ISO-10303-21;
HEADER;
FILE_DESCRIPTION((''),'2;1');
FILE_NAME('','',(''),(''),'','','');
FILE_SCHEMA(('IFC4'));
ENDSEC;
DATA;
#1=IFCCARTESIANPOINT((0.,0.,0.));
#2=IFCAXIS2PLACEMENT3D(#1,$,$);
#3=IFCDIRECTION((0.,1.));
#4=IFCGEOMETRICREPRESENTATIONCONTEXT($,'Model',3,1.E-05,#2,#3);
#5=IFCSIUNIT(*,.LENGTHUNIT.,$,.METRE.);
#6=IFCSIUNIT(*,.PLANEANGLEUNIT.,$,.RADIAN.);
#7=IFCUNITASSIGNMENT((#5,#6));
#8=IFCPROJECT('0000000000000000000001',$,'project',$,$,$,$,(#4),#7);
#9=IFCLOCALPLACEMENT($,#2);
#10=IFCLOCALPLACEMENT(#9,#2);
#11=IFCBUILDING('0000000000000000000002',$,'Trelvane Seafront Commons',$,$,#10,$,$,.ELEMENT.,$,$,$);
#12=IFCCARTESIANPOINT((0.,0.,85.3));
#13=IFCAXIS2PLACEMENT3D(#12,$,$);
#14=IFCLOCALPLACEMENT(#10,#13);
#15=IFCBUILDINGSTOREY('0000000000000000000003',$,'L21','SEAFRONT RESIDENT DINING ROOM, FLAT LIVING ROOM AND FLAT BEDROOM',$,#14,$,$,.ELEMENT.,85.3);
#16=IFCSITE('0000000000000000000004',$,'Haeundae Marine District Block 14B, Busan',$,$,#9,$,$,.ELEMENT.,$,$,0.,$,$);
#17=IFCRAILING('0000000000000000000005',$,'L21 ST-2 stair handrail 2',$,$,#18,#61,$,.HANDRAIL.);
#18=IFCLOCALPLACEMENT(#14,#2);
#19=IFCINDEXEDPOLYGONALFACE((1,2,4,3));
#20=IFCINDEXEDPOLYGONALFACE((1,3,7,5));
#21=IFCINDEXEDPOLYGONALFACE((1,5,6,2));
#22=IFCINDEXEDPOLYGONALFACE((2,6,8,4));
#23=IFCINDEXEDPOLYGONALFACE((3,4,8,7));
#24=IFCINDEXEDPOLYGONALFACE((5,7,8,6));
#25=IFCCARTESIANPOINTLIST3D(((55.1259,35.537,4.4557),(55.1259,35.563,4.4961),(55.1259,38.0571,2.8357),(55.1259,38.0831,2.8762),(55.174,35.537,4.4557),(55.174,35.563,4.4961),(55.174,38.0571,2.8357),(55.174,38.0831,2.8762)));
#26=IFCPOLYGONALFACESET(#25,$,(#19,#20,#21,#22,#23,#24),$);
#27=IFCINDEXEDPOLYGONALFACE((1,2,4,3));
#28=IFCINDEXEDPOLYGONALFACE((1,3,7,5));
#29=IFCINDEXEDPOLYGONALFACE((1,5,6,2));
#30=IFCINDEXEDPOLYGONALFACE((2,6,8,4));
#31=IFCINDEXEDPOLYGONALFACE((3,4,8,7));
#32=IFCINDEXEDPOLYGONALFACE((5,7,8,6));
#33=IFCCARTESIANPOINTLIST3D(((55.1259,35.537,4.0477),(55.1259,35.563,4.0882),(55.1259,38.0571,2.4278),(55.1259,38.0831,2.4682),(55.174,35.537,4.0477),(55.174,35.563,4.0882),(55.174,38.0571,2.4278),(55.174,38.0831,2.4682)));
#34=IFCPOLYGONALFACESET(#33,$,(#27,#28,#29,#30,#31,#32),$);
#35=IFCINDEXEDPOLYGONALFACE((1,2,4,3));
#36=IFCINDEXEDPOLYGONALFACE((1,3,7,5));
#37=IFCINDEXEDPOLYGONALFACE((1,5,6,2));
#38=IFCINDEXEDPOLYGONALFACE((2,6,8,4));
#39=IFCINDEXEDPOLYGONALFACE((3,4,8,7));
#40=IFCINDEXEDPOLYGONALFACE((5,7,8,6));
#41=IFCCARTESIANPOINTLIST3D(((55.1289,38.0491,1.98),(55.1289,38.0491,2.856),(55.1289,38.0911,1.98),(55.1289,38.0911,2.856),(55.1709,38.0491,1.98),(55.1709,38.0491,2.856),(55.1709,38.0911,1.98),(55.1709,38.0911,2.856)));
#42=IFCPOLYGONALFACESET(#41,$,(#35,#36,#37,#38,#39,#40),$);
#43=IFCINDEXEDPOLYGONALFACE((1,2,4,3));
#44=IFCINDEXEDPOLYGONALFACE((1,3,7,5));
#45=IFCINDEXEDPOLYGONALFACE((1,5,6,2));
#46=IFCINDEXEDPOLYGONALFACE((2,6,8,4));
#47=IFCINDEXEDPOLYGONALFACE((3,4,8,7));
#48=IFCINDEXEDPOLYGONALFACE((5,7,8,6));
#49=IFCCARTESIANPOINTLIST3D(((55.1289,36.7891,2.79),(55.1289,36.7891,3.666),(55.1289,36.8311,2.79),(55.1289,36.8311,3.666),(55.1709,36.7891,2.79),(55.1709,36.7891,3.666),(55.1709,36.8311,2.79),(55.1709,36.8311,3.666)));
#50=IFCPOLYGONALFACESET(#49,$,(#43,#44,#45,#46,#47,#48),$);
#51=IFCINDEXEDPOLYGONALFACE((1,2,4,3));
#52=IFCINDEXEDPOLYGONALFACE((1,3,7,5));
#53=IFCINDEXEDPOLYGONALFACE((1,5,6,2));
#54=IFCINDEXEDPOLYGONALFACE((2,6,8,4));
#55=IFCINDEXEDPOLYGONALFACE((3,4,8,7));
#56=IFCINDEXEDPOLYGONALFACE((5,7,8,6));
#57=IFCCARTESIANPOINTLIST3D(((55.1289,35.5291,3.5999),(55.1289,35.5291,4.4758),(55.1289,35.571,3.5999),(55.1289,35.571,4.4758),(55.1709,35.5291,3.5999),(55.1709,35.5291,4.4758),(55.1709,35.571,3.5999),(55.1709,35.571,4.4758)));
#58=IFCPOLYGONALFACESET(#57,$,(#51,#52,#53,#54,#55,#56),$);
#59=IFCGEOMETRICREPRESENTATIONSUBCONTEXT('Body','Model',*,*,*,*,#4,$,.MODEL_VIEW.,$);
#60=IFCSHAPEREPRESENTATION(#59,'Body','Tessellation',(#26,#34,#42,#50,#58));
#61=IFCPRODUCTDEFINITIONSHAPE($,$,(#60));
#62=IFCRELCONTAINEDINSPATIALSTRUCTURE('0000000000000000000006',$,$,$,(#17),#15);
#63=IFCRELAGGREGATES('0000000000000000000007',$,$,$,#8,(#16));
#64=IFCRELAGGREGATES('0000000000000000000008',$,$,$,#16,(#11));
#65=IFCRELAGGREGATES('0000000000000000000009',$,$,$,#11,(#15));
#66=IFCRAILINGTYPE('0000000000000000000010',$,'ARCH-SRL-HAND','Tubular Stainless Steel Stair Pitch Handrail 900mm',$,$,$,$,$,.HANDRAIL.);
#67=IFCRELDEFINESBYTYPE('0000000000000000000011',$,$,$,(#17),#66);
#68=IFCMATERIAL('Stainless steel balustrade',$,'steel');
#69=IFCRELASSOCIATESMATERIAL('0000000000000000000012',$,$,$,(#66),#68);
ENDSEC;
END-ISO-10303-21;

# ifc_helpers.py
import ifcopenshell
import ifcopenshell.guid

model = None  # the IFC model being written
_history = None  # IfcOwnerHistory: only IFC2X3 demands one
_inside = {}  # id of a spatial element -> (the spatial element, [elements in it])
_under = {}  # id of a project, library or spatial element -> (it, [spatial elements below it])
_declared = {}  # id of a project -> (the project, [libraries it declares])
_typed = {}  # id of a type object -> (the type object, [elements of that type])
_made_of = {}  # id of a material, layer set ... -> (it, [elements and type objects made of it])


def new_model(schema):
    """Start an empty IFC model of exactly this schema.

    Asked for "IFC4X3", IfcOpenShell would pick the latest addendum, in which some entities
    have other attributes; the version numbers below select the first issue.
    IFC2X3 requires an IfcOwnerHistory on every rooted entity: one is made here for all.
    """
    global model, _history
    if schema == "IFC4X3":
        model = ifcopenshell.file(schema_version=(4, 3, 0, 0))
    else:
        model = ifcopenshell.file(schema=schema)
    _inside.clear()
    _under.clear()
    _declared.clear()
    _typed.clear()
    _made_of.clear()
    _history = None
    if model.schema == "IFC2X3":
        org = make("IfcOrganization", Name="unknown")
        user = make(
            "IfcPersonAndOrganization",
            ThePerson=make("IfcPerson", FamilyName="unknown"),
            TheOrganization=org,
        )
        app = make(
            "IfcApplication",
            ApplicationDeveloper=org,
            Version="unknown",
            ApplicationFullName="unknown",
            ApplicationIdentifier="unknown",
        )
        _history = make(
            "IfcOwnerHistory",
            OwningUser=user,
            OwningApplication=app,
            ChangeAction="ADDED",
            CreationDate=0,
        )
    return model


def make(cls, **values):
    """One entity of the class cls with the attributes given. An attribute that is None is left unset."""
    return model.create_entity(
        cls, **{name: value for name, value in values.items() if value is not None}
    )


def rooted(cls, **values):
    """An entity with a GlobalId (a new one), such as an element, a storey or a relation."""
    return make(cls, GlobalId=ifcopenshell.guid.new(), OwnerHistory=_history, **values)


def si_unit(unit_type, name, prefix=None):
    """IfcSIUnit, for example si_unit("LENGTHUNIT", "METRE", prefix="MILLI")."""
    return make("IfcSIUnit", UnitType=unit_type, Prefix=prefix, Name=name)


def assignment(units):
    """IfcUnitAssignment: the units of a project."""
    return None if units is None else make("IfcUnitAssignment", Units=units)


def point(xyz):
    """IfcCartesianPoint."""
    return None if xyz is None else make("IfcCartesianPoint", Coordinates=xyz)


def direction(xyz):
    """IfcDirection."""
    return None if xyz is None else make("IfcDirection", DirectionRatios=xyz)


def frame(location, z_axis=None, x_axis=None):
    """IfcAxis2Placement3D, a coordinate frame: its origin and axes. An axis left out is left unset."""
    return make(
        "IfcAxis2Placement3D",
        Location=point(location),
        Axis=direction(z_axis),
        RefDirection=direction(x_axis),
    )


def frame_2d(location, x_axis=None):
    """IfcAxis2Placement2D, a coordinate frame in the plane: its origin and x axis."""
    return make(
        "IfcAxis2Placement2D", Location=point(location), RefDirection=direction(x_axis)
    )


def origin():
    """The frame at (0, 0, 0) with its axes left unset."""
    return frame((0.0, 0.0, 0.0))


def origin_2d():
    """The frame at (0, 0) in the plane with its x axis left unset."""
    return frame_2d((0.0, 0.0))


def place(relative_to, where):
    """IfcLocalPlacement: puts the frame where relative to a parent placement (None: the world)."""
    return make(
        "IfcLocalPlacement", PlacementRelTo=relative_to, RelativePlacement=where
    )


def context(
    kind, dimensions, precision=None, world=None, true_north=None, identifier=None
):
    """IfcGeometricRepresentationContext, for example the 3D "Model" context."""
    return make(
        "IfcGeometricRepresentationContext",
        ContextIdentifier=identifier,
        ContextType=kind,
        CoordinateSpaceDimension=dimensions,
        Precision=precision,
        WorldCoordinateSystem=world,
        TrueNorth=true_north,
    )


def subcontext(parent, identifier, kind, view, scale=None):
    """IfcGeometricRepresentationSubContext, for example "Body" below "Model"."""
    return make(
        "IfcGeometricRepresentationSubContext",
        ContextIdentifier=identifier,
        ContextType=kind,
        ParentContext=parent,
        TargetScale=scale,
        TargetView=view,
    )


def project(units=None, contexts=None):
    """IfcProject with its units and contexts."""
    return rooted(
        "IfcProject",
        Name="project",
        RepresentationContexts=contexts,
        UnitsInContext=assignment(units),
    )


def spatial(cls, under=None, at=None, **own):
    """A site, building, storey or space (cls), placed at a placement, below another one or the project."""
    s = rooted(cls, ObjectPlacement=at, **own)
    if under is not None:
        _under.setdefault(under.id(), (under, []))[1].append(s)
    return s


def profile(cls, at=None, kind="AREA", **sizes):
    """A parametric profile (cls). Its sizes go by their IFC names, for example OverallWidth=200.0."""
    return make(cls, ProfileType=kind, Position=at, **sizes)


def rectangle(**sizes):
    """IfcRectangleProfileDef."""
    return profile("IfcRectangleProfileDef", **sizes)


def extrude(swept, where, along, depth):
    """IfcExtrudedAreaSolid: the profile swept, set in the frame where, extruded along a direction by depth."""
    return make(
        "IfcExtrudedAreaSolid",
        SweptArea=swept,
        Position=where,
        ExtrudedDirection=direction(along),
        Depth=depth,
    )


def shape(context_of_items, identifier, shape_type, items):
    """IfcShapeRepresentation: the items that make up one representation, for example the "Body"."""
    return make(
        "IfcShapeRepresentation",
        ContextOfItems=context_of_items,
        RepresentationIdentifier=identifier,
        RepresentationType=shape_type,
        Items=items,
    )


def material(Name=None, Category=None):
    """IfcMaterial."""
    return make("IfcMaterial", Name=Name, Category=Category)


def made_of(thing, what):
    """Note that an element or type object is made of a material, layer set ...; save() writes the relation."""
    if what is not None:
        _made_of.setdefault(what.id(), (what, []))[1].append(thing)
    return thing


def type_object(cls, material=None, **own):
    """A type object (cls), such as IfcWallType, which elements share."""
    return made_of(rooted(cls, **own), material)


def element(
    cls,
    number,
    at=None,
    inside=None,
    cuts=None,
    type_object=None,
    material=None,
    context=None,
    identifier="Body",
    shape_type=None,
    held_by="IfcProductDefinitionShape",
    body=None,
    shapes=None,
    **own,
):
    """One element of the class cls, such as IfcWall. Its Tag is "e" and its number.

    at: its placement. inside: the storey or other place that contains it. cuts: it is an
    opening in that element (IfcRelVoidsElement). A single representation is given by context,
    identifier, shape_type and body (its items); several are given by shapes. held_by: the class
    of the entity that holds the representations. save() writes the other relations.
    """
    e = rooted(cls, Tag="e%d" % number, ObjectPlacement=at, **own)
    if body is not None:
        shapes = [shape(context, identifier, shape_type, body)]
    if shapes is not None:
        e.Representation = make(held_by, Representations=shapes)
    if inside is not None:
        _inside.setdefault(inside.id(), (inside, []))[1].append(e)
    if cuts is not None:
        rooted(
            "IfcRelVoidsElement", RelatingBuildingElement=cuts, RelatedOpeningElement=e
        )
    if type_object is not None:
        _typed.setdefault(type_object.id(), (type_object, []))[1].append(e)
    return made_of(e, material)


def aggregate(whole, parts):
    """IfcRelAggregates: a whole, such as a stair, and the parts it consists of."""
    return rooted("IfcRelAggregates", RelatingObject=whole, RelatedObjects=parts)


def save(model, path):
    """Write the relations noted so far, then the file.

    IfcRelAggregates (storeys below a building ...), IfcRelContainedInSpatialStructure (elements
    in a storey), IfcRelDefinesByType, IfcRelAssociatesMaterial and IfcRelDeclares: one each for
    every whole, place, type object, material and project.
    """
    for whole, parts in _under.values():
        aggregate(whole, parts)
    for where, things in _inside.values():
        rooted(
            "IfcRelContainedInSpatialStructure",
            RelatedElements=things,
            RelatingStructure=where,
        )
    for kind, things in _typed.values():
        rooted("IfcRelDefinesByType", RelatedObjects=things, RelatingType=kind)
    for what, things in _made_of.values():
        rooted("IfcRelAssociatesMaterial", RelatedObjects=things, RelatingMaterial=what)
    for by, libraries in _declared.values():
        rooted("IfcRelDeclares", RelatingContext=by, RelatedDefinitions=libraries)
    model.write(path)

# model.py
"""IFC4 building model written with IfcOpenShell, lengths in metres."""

from ifc_helpers import new_model, si_unit, direction, frame, origin, origin_2d, place, context, subcontext, project, spatial, rectangle, extrude, material, type_object, element, save


model = new_model("IFC4")

# Units and contexts
model_context = context("Model", 3, precision=1e-05, world=origin(), true_north=direction((0.0, 1.0)))
body_context = subcontext(model_context, "Body", "Model", "MODEL_VIEW")
ifc_project = project(units=[si_unit("LENGTHUNIT", "METRE"), si_unit("PLANEANGLEUNIT", "RADIAN")], contexts=[model_context])

# Site, building, storey
site_placement = place(None, origin())
site = spatial("IfcSite", under=ifc_project, at=site_placement, Name="Haeundae Marine District Block 14B, Busan", CompositionType="ELEMENT", RefElevation=0.0)
building_placement = place(site_placement, origin())
building = spatial("IfcBuilding", under=site, at=building_placement, Name="Trelvane Seafront Commons", CompositionType="ELEMENT")
storey_placement = place(building_placement, frame((0.0, 0.0, 85.3)))
storey = spatial("IfcBuildingStorey", under=building, at=storey_placement, Name="L21", Description="SEAFRONT RESIDENT DINING ROOM, FLAT LIVING ROOM AND FLAT BEDROOM", CompositionType="ELEMENT", Elevation=85.3)

# Railing
ifc_material_1 = material(Name="Stainless steel balustrade", Category="steel")
railing_type_1 = type_object("IfcRailingType", Name="ARCH-SRL-HAND", Description="Tubular Stainless Steel Stair Pitch Handrail 900mm", PredefinedType="HANDRAIL", material=ifc_material_1)
railing_1_placement = place(storey_placement, frame((55.1499, 38.0701, 1.98)))
element("IfcRailing", 1, at=railing_1_placement, inside=storey, type_object=railing_type_1, Name="L21 ST-2 stair handrail 2", PredefinedType="HANDRAIL", context=body_context, shape_type="SweptSolid", body=[
    extrude(rectangle(XDim=0.0481, YDim=0.0481, at=origin_2d()), frame((0.0, 0.0, 0.876), z_axis=(0.0, -0.8412, 0.540725), x_axis=(1.0, 0.0, 0.0)), (0.0, 0.0, 1.0), 2.9958),
    extrude(rectangle(XDim=0.0481, YDim=0.0481, at=origin_2d()), frame((0.0, 0.0, 0.468), z_axis=(0.0, -0.8412, 0.540725), x_axis=(1.0, 0.0, 0.0)), (0.0, 0.0, 1.0), 2.9958),
    extrude(rectangle(XDim=0.042, YDim=0.042, at=origin_2d()), origin(), (0.0, 0.0, 1.0), 0.876),
    extrude(rectangle(XDim=0.042, YDim=0.042, at=origin_2d()), frame((0.0, -1.26, 0.8101)), (0.0, 0.0, 1.0), 0.876),
    extrude(rectangle(XDim=0.042, YDim=0.042, at=origin_2d()), frame((0.0, -2.52, 1.6199)), (0.0, 0.0, 1.0), 0.876),
])

save(model, "model.ifc")
